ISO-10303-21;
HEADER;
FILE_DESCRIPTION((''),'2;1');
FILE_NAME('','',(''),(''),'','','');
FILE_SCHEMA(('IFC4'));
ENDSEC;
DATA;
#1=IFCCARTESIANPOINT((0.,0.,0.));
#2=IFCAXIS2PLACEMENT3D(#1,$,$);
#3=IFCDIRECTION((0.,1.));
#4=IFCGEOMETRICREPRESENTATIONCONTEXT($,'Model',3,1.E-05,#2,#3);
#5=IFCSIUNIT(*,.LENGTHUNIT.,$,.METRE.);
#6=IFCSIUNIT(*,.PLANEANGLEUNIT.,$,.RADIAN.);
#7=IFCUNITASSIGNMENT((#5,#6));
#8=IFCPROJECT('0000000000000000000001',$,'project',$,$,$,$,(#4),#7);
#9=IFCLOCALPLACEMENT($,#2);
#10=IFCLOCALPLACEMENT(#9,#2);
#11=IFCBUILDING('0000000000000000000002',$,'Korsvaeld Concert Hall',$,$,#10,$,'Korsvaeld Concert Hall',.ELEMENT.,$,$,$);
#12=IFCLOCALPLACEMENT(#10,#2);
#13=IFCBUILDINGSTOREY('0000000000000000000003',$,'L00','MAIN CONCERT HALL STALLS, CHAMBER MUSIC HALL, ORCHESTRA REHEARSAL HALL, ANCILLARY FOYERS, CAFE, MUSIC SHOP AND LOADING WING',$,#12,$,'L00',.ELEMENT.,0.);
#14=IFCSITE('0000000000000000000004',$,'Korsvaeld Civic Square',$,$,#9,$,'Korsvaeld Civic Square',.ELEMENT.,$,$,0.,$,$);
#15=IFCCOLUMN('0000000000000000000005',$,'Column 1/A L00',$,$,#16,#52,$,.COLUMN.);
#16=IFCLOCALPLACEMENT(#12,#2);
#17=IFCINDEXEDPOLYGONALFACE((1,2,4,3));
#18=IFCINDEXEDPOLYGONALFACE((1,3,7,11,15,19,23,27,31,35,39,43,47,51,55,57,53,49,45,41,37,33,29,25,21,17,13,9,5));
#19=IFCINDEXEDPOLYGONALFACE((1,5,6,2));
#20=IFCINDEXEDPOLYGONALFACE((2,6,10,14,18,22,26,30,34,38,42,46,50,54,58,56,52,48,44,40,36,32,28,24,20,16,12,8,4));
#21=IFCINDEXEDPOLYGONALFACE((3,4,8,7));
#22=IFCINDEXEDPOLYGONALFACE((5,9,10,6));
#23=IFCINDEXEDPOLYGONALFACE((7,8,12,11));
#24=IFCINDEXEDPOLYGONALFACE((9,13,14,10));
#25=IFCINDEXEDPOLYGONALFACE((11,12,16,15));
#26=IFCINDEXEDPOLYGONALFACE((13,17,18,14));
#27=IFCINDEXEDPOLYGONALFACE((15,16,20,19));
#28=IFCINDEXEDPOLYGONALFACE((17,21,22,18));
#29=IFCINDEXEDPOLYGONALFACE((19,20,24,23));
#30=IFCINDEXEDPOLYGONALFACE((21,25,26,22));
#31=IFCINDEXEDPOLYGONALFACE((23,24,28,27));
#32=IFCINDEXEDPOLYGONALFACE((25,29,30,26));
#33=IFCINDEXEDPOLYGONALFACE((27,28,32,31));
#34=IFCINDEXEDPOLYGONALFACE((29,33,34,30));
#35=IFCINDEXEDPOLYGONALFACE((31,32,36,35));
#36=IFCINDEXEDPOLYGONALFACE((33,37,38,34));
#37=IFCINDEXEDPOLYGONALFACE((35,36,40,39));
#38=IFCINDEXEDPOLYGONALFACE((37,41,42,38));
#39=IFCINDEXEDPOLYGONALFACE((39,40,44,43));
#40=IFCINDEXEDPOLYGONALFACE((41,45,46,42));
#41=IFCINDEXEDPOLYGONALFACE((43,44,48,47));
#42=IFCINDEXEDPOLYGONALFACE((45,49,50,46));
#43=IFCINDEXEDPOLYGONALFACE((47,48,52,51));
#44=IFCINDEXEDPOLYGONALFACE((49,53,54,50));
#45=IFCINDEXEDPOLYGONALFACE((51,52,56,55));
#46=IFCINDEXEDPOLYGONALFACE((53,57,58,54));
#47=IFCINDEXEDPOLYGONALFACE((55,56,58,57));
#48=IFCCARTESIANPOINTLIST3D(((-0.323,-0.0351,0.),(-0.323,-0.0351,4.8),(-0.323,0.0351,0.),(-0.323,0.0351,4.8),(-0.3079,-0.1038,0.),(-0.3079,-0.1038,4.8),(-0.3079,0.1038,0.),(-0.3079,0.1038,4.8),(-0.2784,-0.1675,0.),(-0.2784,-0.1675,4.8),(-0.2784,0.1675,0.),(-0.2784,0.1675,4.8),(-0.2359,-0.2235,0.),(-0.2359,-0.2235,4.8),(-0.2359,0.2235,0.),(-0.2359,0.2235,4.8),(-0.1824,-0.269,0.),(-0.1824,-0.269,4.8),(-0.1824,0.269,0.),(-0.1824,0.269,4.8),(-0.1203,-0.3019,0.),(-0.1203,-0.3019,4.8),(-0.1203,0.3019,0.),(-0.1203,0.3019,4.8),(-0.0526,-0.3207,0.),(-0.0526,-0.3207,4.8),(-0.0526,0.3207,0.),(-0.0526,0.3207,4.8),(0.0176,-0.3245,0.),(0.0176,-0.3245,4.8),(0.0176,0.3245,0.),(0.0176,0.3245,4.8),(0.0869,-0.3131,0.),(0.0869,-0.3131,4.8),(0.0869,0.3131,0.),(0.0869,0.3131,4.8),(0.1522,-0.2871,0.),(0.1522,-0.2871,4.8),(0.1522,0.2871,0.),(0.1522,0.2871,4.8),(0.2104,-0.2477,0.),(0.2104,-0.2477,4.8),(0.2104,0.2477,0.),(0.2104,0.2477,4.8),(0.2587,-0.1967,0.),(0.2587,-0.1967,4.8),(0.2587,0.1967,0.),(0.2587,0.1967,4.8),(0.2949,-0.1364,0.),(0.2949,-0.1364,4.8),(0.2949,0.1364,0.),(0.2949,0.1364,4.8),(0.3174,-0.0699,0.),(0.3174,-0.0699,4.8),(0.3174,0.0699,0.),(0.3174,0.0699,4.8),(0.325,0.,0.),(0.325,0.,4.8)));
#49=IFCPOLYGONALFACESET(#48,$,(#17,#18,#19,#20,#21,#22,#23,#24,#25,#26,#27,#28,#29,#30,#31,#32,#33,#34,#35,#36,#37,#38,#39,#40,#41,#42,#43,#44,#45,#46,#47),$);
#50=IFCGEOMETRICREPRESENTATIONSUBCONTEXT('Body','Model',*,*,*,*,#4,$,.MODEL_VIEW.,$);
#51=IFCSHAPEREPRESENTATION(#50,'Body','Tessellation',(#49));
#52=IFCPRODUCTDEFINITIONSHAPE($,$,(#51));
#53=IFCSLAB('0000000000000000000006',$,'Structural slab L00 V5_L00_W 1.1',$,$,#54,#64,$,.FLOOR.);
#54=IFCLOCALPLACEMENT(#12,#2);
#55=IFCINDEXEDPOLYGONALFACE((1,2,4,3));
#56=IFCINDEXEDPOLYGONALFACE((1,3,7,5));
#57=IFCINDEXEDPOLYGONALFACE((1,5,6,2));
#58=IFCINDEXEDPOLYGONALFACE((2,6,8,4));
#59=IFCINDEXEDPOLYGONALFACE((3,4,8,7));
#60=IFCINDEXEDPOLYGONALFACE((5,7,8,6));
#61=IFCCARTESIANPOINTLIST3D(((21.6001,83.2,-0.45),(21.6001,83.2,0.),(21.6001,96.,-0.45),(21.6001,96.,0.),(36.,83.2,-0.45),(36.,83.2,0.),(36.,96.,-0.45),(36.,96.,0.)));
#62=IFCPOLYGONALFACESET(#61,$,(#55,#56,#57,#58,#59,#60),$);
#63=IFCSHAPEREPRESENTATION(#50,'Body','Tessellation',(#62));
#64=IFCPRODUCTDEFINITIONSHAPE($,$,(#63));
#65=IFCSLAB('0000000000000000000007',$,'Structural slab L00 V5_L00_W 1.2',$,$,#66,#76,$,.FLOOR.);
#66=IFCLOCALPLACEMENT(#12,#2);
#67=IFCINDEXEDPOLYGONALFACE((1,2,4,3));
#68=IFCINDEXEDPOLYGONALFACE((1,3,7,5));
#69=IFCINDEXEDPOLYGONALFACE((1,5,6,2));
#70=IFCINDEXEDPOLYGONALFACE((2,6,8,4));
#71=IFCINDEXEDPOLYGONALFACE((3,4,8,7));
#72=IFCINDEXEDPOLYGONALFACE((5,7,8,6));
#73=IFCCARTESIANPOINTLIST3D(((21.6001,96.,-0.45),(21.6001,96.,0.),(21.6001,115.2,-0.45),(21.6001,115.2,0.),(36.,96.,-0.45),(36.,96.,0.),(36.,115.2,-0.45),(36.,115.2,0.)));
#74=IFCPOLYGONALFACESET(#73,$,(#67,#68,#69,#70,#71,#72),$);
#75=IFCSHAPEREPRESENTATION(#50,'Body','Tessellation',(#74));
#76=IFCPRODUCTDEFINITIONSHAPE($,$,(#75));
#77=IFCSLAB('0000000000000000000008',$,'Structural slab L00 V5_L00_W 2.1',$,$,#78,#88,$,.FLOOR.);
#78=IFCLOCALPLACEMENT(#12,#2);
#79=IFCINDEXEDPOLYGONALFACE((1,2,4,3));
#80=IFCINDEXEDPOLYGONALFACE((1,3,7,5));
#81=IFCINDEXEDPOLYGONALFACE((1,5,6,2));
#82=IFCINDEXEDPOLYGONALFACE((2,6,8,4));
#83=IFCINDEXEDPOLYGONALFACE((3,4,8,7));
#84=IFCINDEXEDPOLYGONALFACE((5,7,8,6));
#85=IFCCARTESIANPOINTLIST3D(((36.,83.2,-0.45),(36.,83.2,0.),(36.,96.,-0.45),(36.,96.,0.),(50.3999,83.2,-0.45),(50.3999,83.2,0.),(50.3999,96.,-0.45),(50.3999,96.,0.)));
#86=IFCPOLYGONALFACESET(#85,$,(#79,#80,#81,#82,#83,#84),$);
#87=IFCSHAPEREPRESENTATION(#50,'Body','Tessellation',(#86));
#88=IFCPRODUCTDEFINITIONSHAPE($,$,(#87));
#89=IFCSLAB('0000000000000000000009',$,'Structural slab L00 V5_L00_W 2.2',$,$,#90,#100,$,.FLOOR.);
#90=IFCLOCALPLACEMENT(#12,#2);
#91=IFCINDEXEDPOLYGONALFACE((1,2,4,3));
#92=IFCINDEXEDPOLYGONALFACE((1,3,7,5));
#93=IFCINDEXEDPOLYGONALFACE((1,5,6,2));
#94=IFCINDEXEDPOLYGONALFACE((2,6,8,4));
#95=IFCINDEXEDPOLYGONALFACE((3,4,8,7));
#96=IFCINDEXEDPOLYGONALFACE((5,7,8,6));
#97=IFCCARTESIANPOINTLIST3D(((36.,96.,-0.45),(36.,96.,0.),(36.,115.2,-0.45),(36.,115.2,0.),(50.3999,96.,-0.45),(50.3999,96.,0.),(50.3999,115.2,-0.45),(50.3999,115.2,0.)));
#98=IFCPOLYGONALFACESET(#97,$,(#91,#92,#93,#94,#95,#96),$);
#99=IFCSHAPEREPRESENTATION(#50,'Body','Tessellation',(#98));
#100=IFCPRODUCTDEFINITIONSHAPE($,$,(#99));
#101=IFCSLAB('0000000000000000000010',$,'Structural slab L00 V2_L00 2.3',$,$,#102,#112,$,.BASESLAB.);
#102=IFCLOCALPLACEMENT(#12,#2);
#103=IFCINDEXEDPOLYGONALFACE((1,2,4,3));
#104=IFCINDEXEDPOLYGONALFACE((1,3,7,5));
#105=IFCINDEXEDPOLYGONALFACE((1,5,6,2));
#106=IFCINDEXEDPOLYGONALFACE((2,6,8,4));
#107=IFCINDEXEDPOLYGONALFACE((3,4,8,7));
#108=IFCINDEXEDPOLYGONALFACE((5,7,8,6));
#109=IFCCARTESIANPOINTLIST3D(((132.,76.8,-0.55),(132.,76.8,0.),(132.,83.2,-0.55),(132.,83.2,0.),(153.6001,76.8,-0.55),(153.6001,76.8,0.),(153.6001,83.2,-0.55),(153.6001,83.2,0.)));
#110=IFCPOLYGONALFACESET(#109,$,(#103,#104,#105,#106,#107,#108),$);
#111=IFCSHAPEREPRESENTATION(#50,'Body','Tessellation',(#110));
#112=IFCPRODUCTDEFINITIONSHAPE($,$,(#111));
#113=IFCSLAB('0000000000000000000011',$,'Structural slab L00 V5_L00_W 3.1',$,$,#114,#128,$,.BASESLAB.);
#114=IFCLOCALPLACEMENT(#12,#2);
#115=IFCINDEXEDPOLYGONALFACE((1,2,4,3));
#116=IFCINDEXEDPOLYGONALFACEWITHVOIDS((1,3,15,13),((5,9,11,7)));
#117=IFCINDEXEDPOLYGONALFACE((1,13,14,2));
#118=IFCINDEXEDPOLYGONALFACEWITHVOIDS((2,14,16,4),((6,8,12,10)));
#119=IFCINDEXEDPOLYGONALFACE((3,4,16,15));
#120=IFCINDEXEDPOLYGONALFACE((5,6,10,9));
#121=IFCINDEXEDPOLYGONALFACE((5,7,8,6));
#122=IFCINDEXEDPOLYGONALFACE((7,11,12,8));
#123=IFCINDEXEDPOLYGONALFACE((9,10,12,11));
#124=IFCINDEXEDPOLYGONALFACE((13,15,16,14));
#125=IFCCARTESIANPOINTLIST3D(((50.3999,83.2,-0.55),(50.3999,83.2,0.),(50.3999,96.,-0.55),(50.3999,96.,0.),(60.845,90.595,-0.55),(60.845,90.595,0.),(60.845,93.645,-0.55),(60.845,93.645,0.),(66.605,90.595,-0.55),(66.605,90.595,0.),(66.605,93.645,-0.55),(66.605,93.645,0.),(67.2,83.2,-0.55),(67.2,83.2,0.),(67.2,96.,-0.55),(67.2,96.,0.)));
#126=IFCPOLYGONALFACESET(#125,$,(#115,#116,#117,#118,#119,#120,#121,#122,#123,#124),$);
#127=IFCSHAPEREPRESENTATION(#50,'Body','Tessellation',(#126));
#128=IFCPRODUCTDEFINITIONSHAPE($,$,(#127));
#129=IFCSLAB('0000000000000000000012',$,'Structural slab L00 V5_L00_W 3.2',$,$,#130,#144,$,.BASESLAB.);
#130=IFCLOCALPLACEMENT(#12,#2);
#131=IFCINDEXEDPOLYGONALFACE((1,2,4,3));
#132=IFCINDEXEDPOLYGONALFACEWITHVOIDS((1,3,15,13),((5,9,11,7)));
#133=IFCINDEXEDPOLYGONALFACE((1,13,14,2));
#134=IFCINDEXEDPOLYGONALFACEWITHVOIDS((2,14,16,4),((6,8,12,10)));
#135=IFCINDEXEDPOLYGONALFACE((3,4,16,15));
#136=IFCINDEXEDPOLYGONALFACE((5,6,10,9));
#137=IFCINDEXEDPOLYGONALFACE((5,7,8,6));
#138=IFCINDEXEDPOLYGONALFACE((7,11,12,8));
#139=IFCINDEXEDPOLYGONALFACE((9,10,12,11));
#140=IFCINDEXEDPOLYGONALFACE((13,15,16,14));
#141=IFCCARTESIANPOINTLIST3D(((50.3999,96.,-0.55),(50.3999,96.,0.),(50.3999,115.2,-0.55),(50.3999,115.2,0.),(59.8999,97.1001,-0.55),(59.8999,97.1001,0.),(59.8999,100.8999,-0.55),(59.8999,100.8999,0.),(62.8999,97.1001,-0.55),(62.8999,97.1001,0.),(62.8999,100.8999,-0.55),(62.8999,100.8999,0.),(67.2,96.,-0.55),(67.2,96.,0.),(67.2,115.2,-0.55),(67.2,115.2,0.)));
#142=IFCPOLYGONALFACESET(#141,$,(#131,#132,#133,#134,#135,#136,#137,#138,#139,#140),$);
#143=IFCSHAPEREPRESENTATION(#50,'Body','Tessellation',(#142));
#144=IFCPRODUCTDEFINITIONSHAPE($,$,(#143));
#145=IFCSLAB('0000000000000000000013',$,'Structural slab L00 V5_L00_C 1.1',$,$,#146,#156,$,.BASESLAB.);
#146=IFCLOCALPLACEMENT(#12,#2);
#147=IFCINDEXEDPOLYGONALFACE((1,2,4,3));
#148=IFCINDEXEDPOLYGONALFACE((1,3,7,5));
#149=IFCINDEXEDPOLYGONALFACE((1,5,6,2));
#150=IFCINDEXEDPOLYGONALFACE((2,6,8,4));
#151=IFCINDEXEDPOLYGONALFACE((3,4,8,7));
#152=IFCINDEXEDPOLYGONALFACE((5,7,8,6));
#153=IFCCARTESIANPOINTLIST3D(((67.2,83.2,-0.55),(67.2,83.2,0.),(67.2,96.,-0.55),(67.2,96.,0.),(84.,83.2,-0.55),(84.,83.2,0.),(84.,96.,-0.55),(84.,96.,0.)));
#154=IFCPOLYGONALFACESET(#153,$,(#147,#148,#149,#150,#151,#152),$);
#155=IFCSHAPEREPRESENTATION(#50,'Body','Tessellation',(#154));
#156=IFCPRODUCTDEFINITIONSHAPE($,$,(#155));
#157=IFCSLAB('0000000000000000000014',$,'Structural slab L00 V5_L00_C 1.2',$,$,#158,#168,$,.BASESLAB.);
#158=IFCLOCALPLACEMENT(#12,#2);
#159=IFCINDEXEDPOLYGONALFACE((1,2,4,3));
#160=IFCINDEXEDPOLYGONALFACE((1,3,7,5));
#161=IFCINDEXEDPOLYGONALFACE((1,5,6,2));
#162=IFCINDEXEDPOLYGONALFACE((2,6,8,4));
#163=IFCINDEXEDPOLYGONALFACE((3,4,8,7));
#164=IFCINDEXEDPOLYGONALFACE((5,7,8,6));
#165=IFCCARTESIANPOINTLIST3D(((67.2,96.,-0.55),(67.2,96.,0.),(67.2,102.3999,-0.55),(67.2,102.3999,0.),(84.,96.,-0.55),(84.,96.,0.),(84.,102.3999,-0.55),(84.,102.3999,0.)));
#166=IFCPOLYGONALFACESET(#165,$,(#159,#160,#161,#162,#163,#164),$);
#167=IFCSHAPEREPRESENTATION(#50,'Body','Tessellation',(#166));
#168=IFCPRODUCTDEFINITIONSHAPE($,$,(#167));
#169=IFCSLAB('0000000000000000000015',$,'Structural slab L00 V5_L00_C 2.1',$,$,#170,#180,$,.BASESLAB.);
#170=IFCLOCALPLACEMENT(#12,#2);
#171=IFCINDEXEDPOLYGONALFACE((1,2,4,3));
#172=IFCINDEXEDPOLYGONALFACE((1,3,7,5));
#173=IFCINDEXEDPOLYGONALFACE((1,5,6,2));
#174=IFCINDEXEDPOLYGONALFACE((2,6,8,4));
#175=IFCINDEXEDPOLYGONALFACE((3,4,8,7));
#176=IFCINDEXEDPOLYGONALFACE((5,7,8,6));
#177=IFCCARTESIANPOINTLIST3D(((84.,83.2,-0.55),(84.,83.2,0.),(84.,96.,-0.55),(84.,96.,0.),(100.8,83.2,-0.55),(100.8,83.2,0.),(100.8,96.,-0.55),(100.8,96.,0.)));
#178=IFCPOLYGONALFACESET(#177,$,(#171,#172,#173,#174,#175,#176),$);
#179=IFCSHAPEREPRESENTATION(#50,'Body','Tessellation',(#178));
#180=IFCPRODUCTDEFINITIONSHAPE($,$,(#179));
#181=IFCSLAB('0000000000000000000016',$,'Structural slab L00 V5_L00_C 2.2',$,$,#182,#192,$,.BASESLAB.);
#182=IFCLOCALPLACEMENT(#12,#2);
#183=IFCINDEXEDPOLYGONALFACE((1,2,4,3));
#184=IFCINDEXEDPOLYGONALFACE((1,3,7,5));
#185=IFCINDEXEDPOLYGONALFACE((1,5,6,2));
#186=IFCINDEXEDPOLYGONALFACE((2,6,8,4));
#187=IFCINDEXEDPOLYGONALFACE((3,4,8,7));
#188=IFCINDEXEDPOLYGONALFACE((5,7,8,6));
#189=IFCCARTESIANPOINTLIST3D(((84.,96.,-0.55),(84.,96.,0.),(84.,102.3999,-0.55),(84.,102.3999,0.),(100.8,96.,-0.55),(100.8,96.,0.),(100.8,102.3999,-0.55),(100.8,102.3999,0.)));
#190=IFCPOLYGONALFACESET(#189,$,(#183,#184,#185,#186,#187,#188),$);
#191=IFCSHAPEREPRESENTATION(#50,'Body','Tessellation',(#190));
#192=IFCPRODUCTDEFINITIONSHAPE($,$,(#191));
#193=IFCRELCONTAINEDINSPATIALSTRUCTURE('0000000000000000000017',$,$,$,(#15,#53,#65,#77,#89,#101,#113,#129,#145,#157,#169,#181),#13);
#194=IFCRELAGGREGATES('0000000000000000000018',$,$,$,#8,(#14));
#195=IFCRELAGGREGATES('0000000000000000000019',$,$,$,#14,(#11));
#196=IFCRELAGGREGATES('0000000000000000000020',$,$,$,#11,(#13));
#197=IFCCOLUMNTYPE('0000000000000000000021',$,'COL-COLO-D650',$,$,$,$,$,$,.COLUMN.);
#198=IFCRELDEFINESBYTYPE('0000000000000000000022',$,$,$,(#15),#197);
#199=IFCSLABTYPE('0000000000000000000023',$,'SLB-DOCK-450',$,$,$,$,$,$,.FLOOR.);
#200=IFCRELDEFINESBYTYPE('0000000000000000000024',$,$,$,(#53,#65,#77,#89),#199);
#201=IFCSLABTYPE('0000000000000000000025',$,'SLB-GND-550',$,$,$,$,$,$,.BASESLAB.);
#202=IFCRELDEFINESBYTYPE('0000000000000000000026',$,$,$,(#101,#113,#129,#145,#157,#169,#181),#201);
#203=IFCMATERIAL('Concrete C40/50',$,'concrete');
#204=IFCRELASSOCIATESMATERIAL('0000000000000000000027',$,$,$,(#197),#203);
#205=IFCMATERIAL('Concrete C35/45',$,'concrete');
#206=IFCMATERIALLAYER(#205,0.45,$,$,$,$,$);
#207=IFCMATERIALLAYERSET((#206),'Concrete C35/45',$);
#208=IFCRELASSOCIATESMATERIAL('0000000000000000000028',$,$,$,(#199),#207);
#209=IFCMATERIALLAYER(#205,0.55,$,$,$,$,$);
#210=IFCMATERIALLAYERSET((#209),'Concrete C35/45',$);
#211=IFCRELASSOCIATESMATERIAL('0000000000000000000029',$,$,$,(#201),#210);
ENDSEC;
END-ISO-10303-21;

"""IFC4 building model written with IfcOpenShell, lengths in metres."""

from ifc_helpers import new_model, si_unit, direction, frame, origin, origin_with_axes, origin_2d, place, context, subcontext, project, spatial, polyline, circle, outline, extrude, material, layer, layer_set, material_profile, profile_set, type_object, element, save


model = new_model("IFC4")

# Units and contexts
model_context = context("Model", 3, precision=1e-05, world=origin(), true_north=direction((0.0, 1.0)))
body_context = subcontext(model_context, "Body", "Model", "MODEL_VIEW")
ifc_project = project(units=[si_unit("LENGTHUNIT", "METRE"), si_unit("PLANEANGLEUNIT", "RADIAN")], contexts=[model_context])

# Site, building, storey
site_placement = place(None, origin())
site = spatial("IfcSite", under=ifc_project, at=site_placement, Name="Korsvaeld Civic Square", LongName="Korsvaeld Civic Square", CompositionType="ELEMENT", RefElevation=0.0)
building_placement = place(site_placement, origin())
building = spatial("IfcBuilding", under=site, at=building_placement, Name="Korsvaeld Concert Hall", LongName="Korsvaeld Concert Hall", CompositionType="ELEMENT")
storey_placement = place(building_placement, origin())
storey = spatial("IfcBuildingStorey", under=building, at=storey_placement, Name="L00", Description="MAIN CONCERT HALL STALLS, CHAMBER MUSIC HALL, ORCHESTRA REHEARSAL HALL, ANCILLARY FOYERS, CAFE, MUSIC SHOP AND LOADING WING", LongName="L00", CompositionType="ELEMENT", Elevation=0.0)

# Column
ifc_material_1 = material(Name="Concrete C40/50", Category="concrete")
ifc_material_profile = material_profile(ifc_material_1, circle(Radius=0.325, at=origin_2d()), Name="RC D650")
ifc_profile_set = profile_set([ifc_material_profile], Name="Concrete C40/50")
column_type = type_object("IfcColumnType", Name="COL-COLO-D650", PredefinedType="COLUMN", material=ifc_profile_set)
column_placement = place(storey_placement, origin_with_axes())
element("IfcColumn", 1, at=column_placement, inside=storey, type_object=column_type, Name="Column 1/A L00", PredefinedType="COLUMN", context=body_context, shape_type="SweptSolid", body=[
    extrude(circle(Radius=0.325, at=origin_2d()), origin(), (0.0, 0.0, 1.0), 4.8),
])

# Slabs
ifc_material_2 = material(Name="Concrete C35/45", Category="concrete")
ifc_layer_1 = layer(ifc_material_2, 0.45)
ifc_layer_set_1 = layer_set([ifc_layer_1], Name="Concrete C35/45")
slab_type_1 = type_object("IfcSlabType", Name="SLB-DOCK-450", PredefinedType="FLOOR", material=ifc_layer_set_1)
slab_1_placement = place(storey_placement, frame((0.0, 0.0, -0.45)))
element("IfcSlab", 2, at=slab_1_placement, inside=storey, type_object=slab_type_1, Name="Structural slab L00 V5_L00_W 1.1", PredefinedType="FLOOR", context=body_context, shape_type="SweptSolid", body=[
    extrude(outline(polyline([(21.6001, 83.2), (21.6001, 96.0), (36.0, 96.0), (36.0, 83.2), (21.6001, 83.2)])), origin(), (0.0, 0.0, 1.0), 0.45),
])
slab_2_placement = place(storey_placement, frame((0.0, 0.0, -0.45)))
element("IfcSlab", 3, at=slab_2_placement, inside=storey, type_object=slab_type_1, Name="Structural slab L00 V5_L00_W 1.2", PredefinedType="FLOOR", context=body_context, shape_type="SweptSolid", body=[
    extrude(outline(polyline([(21.6001, 96.0), (21.6001, 115.2), (36.0, 115.2), (36.0, 96.0), (21.6001, 96.0)])), origin(), (0.0, 0.0, 1.0), 0.45),
])
slab_3_placement = place(storey_placement, frame((0.0, 0.0, -0.45)))
element("IfcSlab", 4, at=slab_3_placement, inside=storey, type_object=slab_type_1, Name="Structural slab L00 V5_L00_W 2.1", PredefinedType="FLOOR", context=body_context, shape_type="SweptSolid", body=[
    extrude(outline(polyline([(36.0, 83.2), (36.0, 96.0), (50.3999, 96.0), (50.3999, 83.2), (36.0, 83.2)])), origin(), (0.0, 0.0, 1.0), 0.45),
])
slab_4_placement = place(storey_placement, frame((0.0, 0.0, -0.45)))
element("IfcSlab", 5, at=slab_4_placement, inside=storey, type_object=slab_type_1, Name="Structural slab L00 V5_L00_W 2.2", PredefinedType="FLOOR", context=body_context, shape_type="SweptSolid", body=[
    extrude(outline(polyline([(36.0, 96.0), (36.0, 115.2), (50.3999, 115.2), (50.3999, 96.0), (36.0, 96.0)])), origin(), (0.0, 0.0, 1.0), 0.45),
])
ifc_layer_2 = layer(ifc_material_2, 0.55)
ifc_layer_set_2 = layer_set([ifc_layer_2], Name="Concrete C35/45")
slab_type_2 = type_object("IfcSlabType", Name="SLB-GND-550", PredefinedType="BASESLAB", material=ifc_layer_set_2)
slab_5_placement = place(storey_placement, frame((0.0, 0.0, -0.55)))
element("IfcSlab", 6, at=slab_5_placement, inside=storey, type_object=slab_type_2, Name="Structural slab L00 V2_L00 2.3", PredefinedType="BASESLAB", context=body_context, shape_type="SweptSolid", body=[
    extrude(outline(polyline([(132.0, 76.8), (132.0, 83.2), (153.6001, 83.2), (153.6001, 76.8), (132.0, 76.8)])), origin(), (0.0, 0.0, 1.0), 0.55),
])
slab_6_placement = place(storey_placement, frame((0.0, 0.0, -0.55)))
element("IfcSlab", 7, at=slab_6_placement, inside=storey, type_object=slab_type_2, Name="Structural slab L00 V5_L00_W 3.1", PredefinedType="BASESLAB", context=body_context, shape_type="SweptSolid", body=[
    extrude(outline(polyline([(50.3999, 83.2), (50.3999, 96.0), (67.2, 96.0), (67.2, 83.2), (50.3999, 83.2)]), holes=[polyline([(66.605, 90.595), (66.605, 93.645), (60.845, 93.645), (60.845, 90.595), (66.605, 90.595)])]), origin(), (0.0, 0.0, 1.0), 0.55),
])
slab_7_placement = place(storey_placement, frame((0.0, 0.0, -0.55)))
element("IfcSlab", 8, at=slab_7_placement, inside=storey, type_object=slab_type_2, Name="Structural slab L00 V5_L00_W 3.2", PredefinedType="BASESLAB", context=body_context, shape_type="SweptSolid", body=[
    extrude(outline(polyline([(50.3999, 96.0), (50.3999, 115.2), (67.2, 115.2), (67.2, 96.0), (50.3999, 96.0)]), holes=[polyline([(62.8999, 100.8999), (59.8999, 100.8999), (59.8999, 97.1001), (62.8999, 97.1001), (62.8999, 100.8999)])]), origin(), (0.0, 0.0, 1.0), 0.55),
])
slab_8_placement = place(storey_placement, frame((0.0, 0.0, -0.55)))
element("IfcSlab", 9, at=slab_8_placement, inside=storey, type_object=slab_type_2, Name="Structural slab L00 V5_L00_C 1.1", PredefinedType="BASESLAB", context=body_context, shape_type="SweptSolid", body=[
    extrude(outline(polyline([(67.2, 83.2), (67.2, 96.0), (84.0, 96.0), (84.0, 83.2), (67.2, 83.2)])), origin(), (0.0, 0.0, 1.0), 0.55),
])
slab_9_placement = place(storey_placement, frame((0.0, 0.0, -0.55)))
element("IfcSlab", 10, at=slab_9_placement, inside=storey, type_object=slab_type_2, Name="Structural slab L00 V5_L00_C 1.2", PredefinedType="BASESLAB", context=body_context, shape_type="SweptSolid", body=[
    extrude(outline(polyline([(67.2, 96.0), (67.2, 102.3999), (84.0, 102.3999), (84.0, 96.0), (67.2, 96.0)])), origin(), (0.0, 0.0, 1.0), 0.55),
])
slab_10_placement = place(storey_placement, frame((0.0, 0.0, -0.55)))
element("IfcSlab", 11, at=slab_10_placement, inside=storey, type_object=slab_type_2, Name="Structural slab L00 V5_L00_C 2.1", PredefinedType="BASESLAB", context=body_context, shape_type="SweptSolid", body=[
    extrude(outline(polyline([(84.0, 83.2), (84.0, 96.0), (100.8, 96.0), (100.8, 83.2), (84.0, 83.2)])), origin(), (0.0, 0.0, 1.0), 0.55),
])
slab_11_placement = place(storey_placement, frame((0.0, 0.0, -0.55)))
element("IfcSlab", 12, at=slab_11_placement, inside=storey, type_object=slab_type_2, Name="Structural slab L00 V5_L00_C 2.2", PredefinedType="BASESLAB", context=body_context, shape_type="SweptSolid", body=[
    extrude(outline(polyline([(84.0, 96.0), (84.0, 102.3999), (100.8, 102.3999), (100.8, 96.0), (84.0, 96.0)])), origin(), (0.0, 0.0, 1.0), 0.55),
])

save(model, "model.ifc")
